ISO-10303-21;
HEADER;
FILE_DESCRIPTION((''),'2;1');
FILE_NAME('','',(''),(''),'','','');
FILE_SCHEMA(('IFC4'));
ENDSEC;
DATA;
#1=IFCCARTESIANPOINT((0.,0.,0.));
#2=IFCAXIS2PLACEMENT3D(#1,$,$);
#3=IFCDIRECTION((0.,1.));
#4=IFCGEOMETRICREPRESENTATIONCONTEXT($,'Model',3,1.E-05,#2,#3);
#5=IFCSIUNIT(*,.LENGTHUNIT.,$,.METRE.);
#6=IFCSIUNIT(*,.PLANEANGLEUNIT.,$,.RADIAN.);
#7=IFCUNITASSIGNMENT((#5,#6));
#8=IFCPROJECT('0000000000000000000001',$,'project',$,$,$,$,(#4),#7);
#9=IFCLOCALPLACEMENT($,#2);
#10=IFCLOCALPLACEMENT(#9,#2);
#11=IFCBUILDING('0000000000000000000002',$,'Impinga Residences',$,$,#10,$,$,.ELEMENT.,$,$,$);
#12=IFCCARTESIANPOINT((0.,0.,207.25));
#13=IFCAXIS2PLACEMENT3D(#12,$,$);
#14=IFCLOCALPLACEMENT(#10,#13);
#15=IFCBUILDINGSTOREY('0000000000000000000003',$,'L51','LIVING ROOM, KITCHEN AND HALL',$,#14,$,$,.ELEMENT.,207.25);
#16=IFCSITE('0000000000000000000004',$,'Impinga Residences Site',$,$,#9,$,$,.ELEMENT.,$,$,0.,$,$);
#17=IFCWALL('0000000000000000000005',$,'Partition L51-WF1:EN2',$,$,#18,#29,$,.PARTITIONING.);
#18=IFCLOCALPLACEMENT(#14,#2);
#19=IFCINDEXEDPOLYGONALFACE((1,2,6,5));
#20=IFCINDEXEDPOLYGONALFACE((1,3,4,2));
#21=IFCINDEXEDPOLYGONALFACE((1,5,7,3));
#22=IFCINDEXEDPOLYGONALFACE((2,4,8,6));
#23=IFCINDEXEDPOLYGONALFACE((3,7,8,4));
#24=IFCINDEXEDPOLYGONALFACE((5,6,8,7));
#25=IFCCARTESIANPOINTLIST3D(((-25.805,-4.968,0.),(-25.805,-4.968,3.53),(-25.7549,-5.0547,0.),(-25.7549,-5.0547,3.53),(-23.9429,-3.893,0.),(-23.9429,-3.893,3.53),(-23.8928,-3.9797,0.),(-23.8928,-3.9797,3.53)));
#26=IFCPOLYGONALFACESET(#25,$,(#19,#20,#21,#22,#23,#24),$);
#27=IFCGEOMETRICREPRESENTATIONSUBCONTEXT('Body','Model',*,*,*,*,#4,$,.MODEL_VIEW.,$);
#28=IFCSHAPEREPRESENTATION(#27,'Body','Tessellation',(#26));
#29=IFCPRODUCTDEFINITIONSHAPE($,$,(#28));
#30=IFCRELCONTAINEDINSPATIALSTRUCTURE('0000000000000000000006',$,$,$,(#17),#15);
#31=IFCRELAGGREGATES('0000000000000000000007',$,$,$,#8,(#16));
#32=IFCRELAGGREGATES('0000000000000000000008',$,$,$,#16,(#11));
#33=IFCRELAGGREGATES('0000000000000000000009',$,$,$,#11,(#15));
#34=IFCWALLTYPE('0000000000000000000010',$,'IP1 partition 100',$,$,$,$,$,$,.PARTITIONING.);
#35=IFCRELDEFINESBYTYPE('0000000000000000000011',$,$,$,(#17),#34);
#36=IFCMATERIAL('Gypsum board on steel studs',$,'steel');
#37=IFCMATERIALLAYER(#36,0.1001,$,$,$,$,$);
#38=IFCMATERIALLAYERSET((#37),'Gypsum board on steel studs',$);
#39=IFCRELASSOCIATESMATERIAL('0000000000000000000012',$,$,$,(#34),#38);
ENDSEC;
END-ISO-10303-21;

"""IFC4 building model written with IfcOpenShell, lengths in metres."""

from ifc_helpers import new_model, si_unit, direction, frame, frame_2d, origin, place, context, subcontext, project, spatial, rectangle, extrude, material, layer, layer_set, type_object, element, save


model = new_model("IFC4")

# Units and contexts
model_context = context("Model", 3, precision=1e-05, world=origin(), true_north=direction((0.0, 1.0)))
body_context = subcontext(model_context, "Body", "Model", "MODEL_VIEW")
ifc_project = project(units=[si_unit("LENGTHUNIT", "METRE"), si_unit("PLANEANGLEUNIT", "RADIAN")], contexts=[model_context])

# Site, building, storey
site_placement = place(None, origin())
site = spatial("IfcSite", under=ifc_project, at=site_placement, Name="Impinga Residences Site", CompositionType="ELEMENT", RefElevation=0.0)
building_placement = place(site_placement, origin())
building = spatial("IfcBuilding", under=site, at=building_placement, Name="Impinga Residences", CompositionType="ELEMENT")
storey_placement = place(building_placement, frame((0.0, 0.0, 207.25)))
storey = spatial("IfcBuildingStorey", under=building, at=storey_placement, Name="L51", Description="LIVING ROOM, KITCHEN AND HALL", CompositionType="ELEMENT", Elevation=207.25)

# Shared definitions
ifc_material_1 = material(Name="Gypsum board on steel studs", Category="steel")
ifc_layer = layer(ifc_material_1, 0.1001)
ifc_layer_set = layer_set([ifc_layer], Name="Gypsum board on steel studs")
wall_type = type_object("IfcWallType", Name="IP1 partition 100", PredefinedType="PARTITIONING", material=ifc_layer_set)

# Wall
wall_1_placement = place(storey_placement, frame((-23.9177, -3.9363, 0.0), z_axis=(0.0, 0.0, 1.0), x_axis=(-0.866048, -0.499962, 0.0)))
element("IfcWall", 1, at=wall_1_placement, inside=storey, type_object=wall_type, Name="Partition L51-WF1:EN2", PredefinedType="PARTITIONING", context=body_context, shape_type="SweptSolid", body=[
    extrude(rectangle(XDim=2.1501, YDim=0.1001, at=frame_2d((1.0752, 0.0))), origin(), (0.0, 0.0, 1.0), 3.53),
])

save(model, "model.ifc")
